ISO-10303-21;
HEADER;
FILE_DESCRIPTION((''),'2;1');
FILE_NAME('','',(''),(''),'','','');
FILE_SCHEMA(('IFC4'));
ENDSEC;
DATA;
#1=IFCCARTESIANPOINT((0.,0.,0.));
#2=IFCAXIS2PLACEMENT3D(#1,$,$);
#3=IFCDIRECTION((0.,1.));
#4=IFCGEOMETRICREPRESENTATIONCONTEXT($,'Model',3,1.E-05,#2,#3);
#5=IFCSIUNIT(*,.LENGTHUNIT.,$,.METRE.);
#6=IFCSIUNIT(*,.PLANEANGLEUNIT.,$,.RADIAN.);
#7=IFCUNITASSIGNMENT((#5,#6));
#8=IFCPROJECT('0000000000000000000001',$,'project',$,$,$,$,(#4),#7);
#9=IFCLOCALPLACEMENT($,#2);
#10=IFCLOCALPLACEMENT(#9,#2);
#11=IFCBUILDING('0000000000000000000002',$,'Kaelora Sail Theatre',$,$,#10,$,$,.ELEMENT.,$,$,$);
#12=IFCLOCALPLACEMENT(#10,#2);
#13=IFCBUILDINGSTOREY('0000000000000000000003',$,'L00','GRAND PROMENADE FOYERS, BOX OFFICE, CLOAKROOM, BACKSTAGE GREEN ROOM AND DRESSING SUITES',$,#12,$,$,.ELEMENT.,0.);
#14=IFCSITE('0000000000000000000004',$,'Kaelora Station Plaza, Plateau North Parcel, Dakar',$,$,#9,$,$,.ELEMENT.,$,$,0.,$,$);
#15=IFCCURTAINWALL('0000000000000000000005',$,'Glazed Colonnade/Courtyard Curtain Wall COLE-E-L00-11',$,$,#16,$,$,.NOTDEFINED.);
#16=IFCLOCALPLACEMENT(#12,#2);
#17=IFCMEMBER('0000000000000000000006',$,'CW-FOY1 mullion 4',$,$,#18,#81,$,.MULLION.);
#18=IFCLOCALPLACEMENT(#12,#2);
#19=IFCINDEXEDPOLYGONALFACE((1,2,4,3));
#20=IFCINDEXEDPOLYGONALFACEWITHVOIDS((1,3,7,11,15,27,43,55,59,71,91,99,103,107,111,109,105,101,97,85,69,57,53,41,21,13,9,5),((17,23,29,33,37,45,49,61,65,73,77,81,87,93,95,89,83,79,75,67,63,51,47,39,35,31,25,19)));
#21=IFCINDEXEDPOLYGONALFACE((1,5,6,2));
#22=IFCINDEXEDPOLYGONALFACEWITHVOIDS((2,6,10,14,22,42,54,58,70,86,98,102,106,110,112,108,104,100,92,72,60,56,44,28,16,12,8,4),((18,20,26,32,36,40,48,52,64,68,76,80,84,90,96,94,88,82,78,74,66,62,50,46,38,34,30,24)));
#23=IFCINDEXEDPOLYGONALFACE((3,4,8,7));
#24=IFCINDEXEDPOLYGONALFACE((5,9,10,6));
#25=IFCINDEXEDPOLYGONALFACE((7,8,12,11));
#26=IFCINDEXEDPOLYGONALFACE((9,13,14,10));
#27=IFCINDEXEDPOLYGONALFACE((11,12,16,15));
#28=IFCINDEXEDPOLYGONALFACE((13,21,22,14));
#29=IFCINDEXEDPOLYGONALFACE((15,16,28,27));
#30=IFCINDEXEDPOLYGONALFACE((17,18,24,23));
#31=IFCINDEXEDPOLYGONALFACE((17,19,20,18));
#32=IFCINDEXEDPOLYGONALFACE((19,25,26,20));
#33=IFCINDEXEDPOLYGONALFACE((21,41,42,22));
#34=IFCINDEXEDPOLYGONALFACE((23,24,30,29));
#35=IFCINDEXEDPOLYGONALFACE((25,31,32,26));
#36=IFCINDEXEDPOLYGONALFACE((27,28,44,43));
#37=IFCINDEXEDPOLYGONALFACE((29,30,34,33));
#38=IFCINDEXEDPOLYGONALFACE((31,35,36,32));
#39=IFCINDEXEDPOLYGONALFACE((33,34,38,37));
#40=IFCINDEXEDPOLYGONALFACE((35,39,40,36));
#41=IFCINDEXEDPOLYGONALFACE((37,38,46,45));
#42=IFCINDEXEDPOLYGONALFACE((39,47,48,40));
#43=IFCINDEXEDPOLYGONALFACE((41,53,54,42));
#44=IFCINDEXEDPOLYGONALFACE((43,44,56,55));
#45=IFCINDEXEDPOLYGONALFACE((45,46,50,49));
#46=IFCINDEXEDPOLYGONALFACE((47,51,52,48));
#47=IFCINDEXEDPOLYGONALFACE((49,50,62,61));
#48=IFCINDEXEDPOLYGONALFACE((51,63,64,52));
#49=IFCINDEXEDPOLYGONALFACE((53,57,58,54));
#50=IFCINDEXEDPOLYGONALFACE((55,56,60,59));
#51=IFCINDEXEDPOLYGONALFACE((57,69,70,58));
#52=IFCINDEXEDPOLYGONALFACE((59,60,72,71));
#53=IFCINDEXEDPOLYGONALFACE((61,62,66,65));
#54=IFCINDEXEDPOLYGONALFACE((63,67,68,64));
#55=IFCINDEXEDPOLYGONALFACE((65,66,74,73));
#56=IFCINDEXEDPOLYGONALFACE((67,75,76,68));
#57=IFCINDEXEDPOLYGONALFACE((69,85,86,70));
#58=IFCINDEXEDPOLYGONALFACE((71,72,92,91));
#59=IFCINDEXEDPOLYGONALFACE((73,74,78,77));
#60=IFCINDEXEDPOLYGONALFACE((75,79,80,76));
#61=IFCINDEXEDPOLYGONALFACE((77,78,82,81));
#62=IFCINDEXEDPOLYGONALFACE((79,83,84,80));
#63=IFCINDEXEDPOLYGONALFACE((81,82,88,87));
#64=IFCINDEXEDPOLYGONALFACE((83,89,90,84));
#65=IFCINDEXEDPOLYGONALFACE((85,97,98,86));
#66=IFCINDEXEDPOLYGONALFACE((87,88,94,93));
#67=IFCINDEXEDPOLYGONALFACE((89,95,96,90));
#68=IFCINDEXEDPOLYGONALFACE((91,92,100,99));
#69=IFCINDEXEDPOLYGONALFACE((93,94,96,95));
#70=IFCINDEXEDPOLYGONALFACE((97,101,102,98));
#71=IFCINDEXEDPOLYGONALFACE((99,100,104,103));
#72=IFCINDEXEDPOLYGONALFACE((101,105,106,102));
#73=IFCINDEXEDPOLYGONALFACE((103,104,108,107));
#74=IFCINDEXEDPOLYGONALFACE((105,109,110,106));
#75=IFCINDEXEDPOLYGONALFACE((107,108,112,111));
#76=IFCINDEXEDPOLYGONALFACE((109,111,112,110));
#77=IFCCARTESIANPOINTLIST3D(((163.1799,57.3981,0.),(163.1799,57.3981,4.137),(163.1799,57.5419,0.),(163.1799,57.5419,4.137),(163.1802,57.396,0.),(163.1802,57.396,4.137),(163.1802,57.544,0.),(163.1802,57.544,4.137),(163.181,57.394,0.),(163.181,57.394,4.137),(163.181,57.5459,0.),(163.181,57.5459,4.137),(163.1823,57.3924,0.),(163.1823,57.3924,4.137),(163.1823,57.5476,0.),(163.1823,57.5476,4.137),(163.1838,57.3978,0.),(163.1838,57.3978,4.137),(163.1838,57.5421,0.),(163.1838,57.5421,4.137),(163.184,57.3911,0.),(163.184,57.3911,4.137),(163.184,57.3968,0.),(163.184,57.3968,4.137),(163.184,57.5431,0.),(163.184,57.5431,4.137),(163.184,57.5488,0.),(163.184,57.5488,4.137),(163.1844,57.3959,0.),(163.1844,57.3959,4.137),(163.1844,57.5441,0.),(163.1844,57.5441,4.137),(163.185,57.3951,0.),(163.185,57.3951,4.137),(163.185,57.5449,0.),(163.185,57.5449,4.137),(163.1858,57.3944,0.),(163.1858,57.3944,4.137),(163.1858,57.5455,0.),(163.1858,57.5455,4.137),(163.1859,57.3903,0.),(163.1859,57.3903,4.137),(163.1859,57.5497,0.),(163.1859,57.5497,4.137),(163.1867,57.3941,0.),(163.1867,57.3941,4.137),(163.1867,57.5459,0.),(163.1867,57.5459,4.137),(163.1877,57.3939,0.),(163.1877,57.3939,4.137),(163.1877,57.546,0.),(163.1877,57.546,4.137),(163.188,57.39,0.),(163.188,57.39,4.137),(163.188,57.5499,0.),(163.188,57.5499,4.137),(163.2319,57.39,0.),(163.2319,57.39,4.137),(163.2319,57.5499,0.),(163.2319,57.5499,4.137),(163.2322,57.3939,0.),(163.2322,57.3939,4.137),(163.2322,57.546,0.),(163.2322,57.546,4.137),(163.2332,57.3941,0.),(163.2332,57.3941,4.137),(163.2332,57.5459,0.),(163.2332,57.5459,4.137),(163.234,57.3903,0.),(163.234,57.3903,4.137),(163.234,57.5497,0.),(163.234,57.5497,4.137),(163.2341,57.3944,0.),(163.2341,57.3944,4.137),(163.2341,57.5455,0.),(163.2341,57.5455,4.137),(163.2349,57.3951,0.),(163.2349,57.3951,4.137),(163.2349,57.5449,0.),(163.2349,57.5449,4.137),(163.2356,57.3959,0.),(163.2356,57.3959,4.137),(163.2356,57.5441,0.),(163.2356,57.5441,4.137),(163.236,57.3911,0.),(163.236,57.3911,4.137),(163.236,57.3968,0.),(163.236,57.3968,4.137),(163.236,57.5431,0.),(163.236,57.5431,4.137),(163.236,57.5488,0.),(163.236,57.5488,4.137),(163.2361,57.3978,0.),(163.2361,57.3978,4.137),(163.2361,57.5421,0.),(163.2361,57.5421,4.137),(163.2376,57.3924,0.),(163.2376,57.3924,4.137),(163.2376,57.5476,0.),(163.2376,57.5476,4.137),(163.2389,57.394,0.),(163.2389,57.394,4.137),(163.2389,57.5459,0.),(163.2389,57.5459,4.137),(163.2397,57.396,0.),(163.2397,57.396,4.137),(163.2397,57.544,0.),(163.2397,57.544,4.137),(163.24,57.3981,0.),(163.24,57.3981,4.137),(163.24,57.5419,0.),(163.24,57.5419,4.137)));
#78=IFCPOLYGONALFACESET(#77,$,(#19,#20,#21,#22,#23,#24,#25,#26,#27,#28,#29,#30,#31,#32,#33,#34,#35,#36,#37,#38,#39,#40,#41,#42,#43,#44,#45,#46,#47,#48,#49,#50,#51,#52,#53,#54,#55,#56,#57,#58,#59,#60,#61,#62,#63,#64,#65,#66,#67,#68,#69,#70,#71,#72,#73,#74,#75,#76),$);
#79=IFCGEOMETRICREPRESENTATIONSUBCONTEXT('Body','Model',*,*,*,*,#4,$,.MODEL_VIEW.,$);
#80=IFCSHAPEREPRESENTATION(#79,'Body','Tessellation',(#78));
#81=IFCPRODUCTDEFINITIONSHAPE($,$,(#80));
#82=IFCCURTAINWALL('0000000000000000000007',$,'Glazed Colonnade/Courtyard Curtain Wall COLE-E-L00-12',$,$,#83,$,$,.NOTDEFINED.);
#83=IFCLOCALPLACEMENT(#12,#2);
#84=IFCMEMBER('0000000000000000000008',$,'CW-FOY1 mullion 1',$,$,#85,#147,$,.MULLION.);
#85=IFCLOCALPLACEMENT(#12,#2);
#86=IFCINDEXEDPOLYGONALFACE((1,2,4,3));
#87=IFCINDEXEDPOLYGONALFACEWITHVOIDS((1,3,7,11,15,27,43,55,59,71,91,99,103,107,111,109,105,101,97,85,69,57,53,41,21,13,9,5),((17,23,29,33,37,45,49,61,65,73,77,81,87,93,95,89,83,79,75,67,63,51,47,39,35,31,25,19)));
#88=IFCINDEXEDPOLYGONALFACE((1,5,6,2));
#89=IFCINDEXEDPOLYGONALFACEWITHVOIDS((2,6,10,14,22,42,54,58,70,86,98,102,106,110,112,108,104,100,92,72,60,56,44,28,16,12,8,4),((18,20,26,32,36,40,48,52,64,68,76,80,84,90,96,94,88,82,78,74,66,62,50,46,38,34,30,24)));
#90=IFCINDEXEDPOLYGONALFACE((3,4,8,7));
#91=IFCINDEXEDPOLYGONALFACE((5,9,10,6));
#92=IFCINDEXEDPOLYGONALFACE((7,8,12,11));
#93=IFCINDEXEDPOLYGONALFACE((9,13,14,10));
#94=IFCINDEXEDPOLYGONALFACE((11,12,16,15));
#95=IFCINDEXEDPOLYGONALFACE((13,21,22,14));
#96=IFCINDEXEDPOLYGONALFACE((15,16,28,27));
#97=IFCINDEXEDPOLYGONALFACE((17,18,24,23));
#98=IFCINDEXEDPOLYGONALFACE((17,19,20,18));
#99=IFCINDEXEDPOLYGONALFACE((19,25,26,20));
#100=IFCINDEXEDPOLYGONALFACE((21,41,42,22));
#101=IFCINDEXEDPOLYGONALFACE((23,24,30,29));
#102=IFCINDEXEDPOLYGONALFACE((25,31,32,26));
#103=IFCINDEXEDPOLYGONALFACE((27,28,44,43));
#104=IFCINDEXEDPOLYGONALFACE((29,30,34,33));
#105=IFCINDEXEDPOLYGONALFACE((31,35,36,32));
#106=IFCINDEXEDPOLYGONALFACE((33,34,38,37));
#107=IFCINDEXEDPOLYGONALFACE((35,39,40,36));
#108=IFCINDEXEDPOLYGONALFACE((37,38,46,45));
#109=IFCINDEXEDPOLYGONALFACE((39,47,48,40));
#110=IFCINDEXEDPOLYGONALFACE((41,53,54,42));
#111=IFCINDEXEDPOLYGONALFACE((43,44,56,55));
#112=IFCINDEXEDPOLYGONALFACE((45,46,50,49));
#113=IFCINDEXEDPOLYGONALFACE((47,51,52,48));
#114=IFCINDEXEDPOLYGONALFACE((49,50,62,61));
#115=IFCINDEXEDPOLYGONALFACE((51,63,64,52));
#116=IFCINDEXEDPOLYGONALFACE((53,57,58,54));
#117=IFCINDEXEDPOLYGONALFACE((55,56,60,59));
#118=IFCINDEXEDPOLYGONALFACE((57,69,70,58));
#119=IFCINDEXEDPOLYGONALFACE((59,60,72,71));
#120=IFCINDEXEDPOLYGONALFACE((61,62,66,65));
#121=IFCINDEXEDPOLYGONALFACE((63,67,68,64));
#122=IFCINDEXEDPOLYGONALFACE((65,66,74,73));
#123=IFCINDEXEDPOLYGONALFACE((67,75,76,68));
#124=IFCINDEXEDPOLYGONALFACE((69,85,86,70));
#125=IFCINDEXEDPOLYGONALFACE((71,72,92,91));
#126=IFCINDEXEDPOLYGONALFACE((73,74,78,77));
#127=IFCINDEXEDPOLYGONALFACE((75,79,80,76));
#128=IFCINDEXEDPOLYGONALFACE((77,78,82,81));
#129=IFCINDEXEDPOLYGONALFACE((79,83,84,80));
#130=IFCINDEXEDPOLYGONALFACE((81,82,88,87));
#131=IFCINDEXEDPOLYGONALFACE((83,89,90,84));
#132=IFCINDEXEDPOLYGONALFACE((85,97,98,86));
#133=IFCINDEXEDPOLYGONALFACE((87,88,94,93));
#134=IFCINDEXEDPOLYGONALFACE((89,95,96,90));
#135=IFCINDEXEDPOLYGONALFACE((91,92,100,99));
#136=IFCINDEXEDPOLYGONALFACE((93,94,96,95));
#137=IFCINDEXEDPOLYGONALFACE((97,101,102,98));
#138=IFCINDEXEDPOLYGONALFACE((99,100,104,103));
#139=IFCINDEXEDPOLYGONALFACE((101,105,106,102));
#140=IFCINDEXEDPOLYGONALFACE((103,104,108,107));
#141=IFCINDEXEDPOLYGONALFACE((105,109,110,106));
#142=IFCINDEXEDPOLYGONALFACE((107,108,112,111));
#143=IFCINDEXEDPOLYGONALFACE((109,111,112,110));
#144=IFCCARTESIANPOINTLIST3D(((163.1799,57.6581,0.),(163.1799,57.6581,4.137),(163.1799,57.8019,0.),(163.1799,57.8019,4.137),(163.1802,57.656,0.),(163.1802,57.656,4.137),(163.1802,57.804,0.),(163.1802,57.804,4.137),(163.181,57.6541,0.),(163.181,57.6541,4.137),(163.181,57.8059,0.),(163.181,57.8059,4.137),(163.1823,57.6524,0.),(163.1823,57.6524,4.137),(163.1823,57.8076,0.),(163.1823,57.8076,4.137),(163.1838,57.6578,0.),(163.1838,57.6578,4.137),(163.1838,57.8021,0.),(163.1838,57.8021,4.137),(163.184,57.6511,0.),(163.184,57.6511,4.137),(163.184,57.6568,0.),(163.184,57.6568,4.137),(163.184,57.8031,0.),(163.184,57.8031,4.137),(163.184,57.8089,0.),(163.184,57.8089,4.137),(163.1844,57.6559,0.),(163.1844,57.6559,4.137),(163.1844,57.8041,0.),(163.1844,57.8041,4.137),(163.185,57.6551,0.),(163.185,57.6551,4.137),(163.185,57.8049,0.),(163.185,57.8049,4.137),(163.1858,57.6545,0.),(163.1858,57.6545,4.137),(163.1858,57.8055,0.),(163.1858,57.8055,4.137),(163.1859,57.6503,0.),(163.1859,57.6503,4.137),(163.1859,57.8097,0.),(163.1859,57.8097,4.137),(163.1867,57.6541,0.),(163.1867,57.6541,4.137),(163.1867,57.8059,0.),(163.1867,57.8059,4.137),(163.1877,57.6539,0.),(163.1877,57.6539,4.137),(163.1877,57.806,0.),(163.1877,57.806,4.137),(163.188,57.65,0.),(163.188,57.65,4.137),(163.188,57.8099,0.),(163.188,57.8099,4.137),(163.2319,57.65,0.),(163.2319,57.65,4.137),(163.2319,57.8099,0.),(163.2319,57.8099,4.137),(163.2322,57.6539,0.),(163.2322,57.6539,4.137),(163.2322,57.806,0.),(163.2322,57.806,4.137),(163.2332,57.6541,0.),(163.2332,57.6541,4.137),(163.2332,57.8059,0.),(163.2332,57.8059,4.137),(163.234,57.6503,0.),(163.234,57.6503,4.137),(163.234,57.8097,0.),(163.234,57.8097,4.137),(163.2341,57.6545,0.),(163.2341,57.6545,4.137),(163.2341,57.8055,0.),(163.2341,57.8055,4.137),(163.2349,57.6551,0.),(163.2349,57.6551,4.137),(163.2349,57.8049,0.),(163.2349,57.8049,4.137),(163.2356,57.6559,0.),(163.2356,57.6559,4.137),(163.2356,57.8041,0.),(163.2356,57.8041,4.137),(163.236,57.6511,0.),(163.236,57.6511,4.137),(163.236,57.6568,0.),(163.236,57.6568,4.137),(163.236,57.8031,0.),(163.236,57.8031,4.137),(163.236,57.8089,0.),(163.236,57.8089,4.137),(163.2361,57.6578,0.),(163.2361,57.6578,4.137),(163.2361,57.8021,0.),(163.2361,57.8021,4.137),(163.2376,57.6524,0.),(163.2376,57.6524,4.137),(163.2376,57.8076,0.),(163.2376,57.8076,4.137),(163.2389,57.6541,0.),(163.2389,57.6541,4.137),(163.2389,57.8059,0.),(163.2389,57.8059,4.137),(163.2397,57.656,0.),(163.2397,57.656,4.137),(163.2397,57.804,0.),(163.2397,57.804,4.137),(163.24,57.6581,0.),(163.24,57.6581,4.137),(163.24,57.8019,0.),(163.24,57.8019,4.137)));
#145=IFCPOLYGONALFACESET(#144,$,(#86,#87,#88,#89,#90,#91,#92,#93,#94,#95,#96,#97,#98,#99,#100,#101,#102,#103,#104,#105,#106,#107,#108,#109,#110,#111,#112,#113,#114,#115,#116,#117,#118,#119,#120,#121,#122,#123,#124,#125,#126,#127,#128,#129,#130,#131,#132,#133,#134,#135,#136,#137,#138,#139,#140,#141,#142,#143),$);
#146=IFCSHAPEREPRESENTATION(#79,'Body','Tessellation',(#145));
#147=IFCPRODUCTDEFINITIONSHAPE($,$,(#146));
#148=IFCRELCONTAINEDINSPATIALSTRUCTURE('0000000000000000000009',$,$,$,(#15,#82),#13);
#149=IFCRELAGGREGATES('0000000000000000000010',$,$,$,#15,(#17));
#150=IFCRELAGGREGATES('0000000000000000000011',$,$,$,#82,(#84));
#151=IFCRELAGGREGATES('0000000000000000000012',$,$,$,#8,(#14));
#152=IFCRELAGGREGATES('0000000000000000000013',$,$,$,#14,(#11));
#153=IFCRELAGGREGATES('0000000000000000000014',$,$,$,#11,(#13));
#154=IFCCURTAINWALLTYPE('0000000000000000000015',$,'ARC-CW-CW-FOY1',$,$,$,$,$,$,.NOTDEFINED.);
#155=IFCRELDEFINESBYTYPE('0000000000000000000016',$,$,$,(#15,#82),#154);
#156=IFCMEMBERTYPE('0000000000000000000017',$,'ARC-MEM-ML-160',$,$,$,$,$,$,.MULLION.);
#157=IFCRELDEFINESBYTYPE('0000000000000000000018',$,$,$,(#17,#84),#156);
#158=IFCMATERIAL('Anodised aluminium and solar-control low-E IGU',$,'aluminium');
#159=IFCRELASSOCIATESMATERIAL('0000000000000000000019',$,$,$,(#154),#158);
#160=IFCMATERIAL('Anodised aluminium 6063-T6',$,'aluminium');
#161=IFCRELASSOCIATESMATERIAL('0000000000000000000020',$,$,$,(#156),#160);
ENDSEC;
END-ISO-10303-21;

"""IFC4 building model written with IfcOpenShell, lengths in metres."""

from ifc_helpers import new_model, si_unit, direction, frame, origin, origin_2d, place, context, subcontext, project, spatial, hollow_rectangle, extrude, material, material_profile, profile_set, type_object, element, aggregate, save


model = new_model("IFC4")

# Units and contexts
model_context = context("Model", 3, precision=1e-05, world=origin(), true_north=direction((0.0, 1.0)))
body_context = subcontext(model_context, "Body", "Model", "MODEL_VIEW")
ifc_project = project(units=[si_unit("LENGTHUNIT", "METRE"), si_unit("PLANEANGLEUNIT", "RADIAN")], contexts=[model_context])

# Site, building, storey
site_placement = place(None, origin())
site = spatial("IfcSite", under=ifc_project, at=site_placement, Name="Kaelora Station Plaza, Plateau North Parcel, Dakar", CompositionType="ELEMENT", RefElevation=0.0)
building_placement = place(site_placement, origin())
building = spatial("IfcBuilding", under=site, at=building_placement, Name="Kaelora Sail Theatre", CompositionType="ELEMENT")
storey_placement = place(building_placement, origin())
storey = spatial("IfcBuildingStorey", under=building, at=storey_placement, Name="L00", Description="GRAND PROMENADE FOYERS, BOX OFFICE, CLOAKROOM, BACKSTAGE GREEN ROOM AND DRESSING SUITES", CompositionType="ELEMENT", Elevation=0.0)

# Curtain wall, member
ifc_material_1 = material(Name="Anodised aluminium and solar-control low-E IGU", Category="aluminium")
curtain_wall_type = type_object("IfcCurtainWallType", Name="ARC-CW-CW-FOY1", PredefinedType="NOTDEFINED", material=ifc_material_1)
curtain_wall_1_placement = place(storey_placement, origin())
curtain_wall_1 = element("IfcCurtainWall", 1, at=curtain_wall_1_placement, inside=storey, type_object=curtain_wall_type, Name="Glazed Colonnade/Courtyard Curtain Wall COLE-E-L00-11", PredefinedType="NOTDEFINED")
ifc_material_2 = material(Name="Anodised aluminium 6063-T6", Category="aluminium")
ifc_material_profile_1 = material_profile(ifc_material_2, hollow_rectangle(XDim=0.0601, YDim=0.1599, WallThickness=0.0039, InnerFilletRadius=0.0039, OuterFilletRadius=0.0081, at=origin_2d()), Name="ALU-MULL 60x160x4")
ifc_profile_set_1 = profile_set([ifc_material_profile_1], Name="Anodised aluminium 6063-T6")
member_type_1 = type_object("IfcMemberType", Name="ARC-MEM-ML-160", PredefinedType="MULLION", material=ifc_profile_set_1)
member_1_placement = place(storey_placement, frame((163.21, 57.47, 0.0), z_axis=(0.0, 0.0, 1.0), x_axis=(-1.0, 0.0, 0.0)))
member_1 = element("IfcMember", 2, at=member_1_placement, type_object=member_type_1, Name="CW-FOY1 mullion 4", PredefinedType="MULLION", context=body_context, shape_type="SweptSolid", body=[
    extrude(hollow_rectangle(XDim=0.0601, YDim=0.1599, WallThickness=0.0039, InnerFilletRadius=0.0039, OuterFilletRadius=0.0081, at=origin_2d()), origin(), (0.0, 0.0, 1.0), 4.137),
])
aggregate(curtain_wall_1, [member_1])

# Curtain wall, member
curtain_wall_2_placement = place(storey_placement, origin())
curtain_wall_2 = element("IfcCurtainWall", 3, at=curtain_wall_2_placement, inside=storey, type_object=curtain_wall_type, Name="Glazed Colonnade/Courtyard Curtain Wall COLE-E-L00-12", PredefinedType="NOTDEFINED")
member_2_placement = place(storey_placement, frame((163.21, 57.73, 0.0), z_axis=(0.0, 0.0, 1.0), x_axis=(-1.0, 0.0, 0.0)))
member_2 = element("IfcMember", 4, at=member_2_placement, type_object=member_type_1, Name="CW-FOY1 mullion 1", PredefinedType="MULLION", context=body_context, shape_type="SweptSolid", body=[
    extrude(hollow_rectangle(XDim=0.0601, YDim=0.1599, WallThickness=0.0039, InnerFilletRadius=0.0039, OuterFilletRadius=0.0081, at=origin_2d()), origin(), (0.0, 0.0, 1.0), 4.137),
])
aggregate(curtain_wall_2, [member_2])

save(model, "model.ifc")
